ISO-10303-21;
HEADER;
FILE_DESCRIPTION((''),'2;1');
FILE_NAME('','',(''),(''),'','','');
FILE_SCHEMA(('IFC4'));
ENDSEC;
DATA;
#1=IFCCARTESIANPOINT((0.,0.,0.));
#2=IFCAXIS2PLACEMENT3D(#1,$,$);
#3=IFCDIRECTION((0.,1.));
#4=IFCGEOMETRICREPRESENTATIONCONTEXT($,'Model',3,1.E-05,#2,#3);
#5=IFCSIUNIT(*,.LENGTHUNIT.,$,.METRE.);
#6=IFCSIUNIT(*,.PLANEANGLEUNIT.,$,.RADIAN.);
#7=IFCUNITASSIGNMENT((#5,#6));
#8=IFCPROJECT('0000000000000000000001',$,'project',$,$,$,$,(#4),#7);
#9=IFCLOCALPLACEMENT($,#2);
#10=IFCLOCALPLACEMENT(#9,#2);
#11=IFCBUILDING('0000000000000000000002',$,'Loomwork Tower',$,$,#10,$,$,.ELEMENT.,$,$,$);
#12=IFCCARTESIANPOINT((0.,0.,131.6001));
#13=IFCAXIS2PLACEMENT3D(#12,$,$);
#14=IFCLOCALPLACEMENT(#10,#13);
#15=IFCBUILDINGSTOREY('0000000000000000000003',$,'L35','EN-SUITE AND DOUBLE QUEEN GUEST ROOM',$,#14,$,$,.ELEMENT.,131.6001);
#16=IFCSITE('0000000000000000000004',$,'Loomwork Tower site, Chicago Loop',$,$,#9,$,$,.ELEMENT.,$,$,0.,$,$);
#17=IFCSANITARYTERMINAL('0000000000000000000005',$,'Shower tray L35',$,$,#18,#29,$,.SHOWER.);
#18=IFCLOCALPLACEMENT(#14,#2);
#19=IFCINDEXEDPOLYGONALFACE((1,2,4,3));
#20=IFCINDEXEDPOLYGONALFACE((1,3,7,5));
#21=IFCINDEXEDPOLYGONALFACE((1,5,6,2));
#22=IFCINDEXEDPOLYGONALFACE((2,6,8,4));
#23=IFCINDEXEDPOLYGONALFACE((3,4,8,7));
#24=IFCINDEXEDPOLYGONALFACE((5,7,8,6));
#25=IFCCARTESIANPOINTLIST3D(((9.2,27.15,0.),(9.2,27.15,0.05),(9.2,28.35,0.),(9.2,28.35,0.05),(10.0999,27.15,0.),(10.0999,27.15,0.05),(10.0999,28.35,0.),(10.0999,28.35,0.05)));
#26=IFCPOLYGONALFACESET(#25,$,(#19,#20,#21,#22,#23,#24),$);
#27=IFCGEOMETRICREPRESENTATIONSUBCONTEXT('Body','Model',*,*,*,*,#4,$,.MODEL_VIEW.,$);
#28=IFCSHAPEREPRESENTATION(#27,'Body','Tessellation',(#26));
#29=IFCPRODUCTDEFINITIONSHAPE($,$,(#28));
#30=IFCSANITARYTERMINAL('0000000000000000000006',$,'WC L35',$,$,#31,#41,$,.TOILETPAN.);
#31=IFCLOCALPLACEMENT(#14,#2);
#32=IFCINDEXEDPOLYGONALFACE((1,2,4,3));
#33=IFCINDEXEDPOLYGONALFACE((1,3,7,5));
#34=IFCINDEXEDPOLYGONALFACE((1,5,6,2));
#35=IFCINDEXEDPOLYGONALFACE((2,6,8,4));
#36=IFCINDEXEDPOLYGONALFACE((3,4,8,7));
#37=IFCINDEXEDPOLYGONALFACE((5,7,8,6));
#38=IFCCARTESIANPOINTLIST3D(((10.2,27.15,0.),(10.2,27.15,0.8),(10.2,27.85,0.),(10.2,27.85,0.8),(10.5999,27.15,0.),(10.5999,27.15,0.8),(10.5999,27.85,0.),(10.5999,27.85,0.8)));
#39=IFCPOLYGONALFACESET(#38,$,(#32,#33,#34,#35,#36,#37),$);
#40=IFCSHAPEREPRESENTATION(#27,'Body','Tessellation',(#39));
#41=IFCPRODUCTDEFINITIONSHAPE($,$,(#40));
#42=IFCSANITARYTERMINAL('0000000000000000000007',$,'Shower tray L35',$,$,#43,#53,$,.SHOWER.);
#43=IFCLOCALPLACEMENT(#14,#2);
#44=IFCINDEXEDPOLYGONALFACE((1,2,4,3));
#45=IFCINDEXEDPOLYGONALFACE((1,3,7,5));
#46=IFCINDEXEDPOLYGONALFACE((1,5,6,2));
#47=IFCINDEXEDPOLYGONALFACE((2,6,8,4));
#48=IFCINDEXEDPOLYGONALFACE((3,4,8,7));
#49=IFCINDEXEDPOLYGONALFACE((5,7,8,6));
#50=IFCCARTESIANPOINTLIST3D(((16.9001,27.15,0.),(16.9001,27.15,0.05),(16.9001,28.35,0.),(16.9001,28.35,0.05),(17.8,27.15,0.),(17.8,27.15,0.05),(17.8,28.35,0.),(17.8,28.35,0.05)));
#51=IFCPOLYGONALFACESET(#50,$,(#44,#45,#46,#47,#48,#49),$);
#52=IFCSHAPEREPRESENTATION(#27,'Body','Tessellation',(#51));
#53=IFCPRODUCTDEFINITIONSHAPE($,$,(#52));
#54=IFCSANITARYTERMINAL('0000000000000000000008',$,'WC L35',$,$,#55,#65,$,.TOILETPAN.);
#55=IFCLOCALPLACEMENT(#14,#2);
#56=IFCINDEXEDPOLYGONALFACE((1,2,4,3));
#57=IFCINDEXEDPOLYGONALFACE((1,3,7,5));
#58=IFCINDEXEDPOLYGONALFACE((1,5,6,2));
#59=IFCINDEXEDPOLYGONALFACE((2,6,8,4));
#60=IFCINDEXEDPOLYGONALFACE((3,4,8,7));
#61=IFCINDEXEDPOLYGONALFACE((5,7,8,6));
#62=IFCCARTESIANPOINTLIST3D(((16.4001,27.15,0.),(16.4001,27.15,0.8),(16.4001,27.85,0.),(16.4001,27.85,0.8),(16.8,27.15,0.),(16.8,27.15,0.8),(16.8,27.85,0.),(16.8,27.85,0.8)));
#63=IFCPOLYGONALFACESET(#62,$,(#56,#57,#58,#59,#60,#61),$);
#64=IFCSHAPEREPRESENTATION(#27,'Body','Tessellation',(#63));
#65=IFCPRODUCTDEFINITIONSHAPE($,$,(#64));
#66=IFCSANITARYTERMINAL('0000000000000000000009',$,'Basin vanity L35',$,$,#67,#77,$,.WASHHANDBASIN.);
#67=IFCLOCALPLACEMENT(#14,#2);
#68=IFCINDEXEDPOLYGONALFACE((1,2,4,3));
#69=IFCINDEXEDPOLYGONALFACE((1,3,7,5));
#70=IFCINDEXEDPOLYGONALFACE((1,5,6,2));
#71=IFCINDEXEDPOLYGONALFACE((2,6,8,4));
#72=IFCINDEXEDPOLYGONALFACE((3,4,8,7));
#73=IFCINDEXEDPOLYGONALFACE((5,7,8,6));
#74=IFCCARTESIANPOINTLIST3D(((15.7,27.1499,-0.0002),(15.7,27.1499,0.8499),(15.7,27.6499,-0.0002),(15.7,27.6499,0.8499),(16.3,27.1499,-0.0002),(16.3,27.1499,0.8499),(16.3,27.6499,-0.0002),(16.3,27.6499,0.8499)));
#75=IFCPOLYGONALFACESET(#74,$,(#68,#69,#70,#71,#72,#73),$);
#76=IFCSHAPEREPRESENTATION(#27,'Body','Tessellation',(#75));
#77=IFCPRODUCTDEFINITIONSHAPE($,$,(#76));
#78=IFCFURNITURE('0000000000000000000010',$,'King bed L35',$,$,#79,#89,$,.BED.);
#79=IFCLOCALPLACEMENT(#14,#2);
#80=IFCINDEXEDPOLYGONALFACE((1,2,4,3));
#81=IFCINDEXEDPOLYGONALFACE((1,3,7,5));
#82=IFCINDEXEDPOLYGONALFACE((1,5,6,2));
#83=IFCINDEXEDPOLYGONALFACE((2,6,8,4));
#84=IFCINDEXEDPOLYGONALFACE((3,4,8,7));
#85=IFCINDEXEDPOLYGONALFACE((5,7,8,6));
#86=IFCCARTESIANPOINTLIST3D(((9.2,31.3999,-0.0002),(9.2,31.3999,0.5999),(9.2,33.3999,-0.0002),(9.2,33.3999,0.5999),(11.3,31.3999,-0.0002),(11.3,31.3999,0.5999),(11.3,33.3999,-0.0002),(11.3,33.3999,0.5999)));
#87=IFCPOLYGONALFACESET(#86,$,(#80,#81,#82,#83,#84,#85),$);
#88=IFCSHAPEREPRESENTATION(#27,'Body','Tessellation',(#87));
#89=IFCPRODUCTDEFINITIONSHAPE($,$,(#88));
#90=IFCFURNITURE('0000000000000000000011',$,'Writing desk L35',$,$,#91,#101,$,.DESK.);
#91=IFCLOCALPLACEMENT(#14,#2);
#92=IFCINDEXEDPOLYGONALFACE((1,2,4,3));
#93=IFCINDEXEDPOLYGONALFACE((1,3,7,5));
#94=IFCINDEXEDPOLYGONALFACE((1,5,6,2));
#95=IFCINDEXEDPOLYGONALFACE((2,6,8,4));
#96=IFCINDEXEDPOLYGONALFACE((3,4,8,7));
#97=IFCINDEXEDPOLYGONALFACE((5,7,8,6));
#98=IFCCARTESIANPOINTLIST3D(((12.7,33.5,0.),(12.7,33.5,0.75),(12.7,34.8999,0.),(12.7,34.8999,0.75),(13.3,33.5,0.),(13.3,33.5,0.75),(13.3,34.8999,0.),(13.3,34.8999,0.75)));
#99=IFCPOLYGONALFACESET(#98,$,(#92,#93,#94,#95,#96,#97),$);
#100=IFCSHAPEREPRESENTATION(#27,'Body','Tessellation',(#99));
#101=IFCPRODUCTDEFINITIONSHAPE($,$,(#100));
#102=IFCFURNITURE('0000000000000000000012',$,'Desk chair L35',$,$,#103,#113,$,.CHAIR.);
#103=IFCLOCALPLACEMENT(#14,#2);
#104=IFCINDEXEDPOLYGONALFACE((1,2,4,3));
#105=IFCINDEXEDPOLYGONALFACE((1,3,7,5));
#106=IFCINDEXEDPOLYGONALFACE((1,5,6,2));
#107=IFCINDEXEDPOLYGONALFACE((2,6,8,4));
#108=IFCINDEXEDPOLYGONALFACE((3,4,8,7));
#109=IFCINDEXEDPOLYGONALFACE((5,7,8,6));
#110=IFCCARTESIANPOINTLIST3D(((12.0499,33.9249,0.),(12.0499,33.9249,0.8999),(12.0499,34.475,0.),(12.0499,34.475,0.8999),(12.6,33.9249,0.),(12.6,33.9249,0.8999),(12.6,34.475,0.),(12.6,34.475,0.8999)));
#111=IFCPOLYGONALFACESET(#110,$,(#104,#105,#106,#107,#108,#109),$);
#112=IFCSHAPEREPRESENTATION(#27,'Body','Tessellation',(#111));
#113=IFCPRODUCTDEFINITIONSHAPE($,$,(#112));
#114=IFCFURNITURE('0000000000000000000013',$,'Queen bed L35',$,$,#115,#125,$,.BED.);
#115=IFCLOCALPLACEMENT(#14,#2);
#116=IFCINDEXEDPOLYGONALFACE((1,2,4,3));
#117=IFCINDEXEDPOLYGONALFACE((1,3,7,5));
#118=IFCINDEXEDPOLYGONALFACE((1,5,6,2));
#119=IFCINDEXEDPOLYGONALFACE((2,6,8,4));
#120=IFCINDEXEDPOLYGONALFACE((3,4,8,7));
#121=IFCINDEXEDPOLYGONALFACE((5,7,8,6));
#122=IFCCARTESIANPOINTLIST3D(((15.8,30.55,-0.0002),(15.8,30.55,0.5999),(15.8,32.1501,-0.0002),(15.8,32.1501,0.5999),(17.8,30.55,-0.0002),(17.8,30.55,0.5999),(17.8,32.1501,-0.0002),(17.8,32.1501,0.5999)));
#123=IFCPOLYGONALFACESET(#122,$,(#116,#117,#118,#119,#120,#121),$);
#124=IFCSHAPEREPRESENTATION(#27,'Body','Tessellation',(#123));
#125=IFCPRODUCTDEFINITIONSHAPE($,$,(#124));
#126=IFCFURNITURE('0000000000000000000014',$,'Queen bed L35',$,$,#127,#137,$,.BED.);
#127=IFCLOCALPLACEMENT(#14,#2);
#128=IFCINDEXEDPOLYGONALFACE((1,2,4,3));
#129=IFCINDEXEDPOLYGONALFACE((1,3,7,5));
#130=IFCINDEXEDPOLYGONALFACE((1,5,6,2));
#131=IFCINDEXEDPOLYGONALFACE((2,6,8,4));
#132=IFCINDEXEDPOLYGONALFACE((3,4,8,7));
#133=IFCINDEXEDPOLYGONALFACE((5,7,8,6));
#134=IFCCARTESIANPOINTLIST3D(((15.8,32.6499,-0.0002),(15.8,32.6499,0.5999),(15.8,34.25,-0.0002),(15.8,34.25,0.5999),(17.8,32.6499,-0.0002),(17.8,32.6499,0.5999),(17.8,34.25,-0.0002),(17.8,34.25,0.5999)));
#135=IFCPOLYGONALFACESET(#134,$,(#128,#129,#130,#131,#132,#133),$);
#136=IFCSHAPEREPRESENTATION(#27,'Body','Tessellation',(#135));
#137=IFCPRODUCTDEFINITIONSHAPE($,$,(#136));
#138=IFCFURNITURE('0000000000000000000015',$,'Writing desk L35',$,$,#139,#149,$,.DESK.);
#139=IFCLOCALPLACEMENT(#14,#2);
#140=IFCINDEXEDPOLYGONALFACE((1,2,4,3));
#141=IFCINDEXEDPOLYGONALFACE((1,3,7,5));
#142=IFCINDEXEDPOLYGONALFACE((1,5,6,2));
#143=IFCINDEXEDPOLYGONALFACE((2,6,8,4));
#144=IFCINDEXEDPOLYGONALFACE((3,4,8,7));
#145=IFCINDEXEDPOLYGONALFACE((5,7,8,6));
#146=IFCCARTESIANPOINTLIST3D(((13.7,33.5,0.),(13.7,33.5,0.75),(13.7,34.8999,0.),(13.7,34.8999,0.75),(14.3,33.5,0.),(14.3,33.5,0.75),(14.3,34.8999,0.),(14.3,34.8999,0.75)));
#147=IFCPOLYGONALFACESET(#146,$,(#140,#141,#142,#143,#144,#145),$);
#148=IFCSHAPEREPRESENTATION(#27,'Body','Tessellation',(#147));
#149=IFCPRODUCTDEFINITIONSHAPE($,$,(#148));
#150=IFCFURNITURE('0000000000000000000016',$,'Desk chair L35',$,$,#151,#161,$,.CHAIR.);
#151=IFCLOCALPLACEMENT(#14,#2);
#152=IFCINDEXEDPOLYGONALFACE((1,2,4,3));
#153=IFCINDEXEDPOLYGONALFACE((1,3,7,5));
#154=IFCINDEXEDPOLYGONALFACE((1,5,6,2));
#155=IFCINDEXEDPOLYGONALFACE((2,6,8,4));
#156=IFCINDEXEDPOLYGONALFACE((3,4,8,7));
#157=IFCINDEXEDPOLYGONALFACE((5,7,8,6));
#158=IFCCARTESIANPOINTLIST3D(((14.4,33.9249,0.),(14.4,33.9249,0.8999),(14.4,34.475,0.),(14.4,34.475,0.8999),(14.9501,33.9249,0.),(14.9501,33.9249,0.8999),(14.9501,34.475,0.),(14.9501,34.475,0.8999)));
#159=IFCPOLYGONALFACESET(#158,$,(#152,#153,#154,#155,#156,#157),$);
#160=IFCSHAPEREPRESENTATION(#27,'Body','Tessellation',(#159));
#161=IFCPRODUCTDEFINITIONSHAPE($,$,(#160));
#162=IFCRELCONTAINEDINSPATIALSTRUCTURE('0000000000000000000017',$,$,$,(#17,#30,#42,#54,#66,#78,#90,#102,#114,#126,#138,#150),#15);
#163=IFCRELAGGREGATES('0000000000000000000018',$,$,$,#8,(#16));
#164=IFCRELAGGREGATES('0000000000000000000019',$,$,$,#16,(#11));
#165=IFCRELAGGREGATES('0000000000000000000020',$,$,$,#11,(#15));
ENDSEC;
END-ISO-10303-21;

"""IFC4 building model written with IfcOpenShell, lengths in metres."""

from ifc_helpers import new_model, si_unit, direction, frame, origin, origin_2d, place, context, subcontext, project, spatial, rectangle, extrude, element, save


model = new_model("IFC4")

# Units and contexts
model_context = context("Model", 3, precision=1e-05, world=origin(), true_north=direction((0.0, 1.0)))
body_context = subcontext(model_context, "Body", "Model", "MODEL_VIEW")
ifc_project = project(units=[si_unit("LENGTHUNIT", "METRE"), si_unit("PLANEANGLEUNIT", "RADIAN")], contexts=[model_context])

# Site, building, storey
site_placement = place(None, origin())
site = spatial("IfcSite", under=ifc_project, at=site_placement, Name="Loomwork Tower site, Chicago Loop", CompositionType="ELEMENT", RefElevation=0.0)
building_placement = place(site_placement, origin())
building = spatial("IfcBuilding", under=site, at=building_placement, Name="Loomwork Tower", CompositionType="ELEMENT")
storey_placement = place(building_placement, frame((0.0, 0.0, 131.6001)))
storey = spatial("IfcBuildingStorey", under=building, at=storey_placement, Name="L35", Description="EN-SUITE AND DOUBLE QUEEN GUEST ROOM", CompositionType="ELEMENT", Elevation=131.6001)

# Sanitary terminals
sanitary_terminal_1_placement = place(storey_placement, frame((9.6499, 27.75, 0.0), z_axis=(0.0, 0.0, 1.0), x_axis=(1.0, 0.0, 0.0)))
element("IfcSanitaryTerminal", 1, at=sanitary_terminal_1_placement, inside=storey, Name="Shower tray L35", PredefinedType="SHOWER", context=body_context, shape_type="SweptSolid", body=[
    extrude(rectangle(XDim=0.8999, YDim=1.2, at=origin_2d()), origin(), (0.0, 0.0, 1.0), 0.05),
])
sanitary_terminal_2_placement = place(storey_placement, frame((10.3999, 27.5, 0.0), z_axis=(0.0, 0.0, 1.0), x_axis=(1.0, 0.0, 0.0)))
element("IfcSanitaryTerminal", 2, at=sanitary_terminal_2_placement, inside=storey, Name="WC L35", PredefinedType="TOILETPAN", context=body_context, shape_type="SweptSolid", body=[
    extrude(rectangle(XDim=0.3999, YDim=0.7, at=origin_2d()), origin(), (0.0, 0.0, 1.0), 0.8),
])
sanitary_terminal_3_placement = place(storey_placement, frame((17.3501, 27.75, 0.0), z_axis=(0.0, 0.0, 1.0), x_axis=(1.0, 0.0, 0.0)))
element("IfcSanitaryTerminal", 3, at=sanitary_terminal_3_placement, inside=storey, Name="Shower tray L35", PredefinedType="SHOWER", context=body_context, shape_type="SweptSolid", body=[
    extrude(rectangle(XDim=0.8999, YDim=1.2, at=origin_2d()), origin(), (0.0, 0.0, 1.0), 0.05),
])
sanitary_terminal_4_placement = place(storey_placement, frame((16.6001, 27.5, 0.0), z_axis=(0.0, 0.0, 1.0), x_axis=(1.0, 0.0, 0.0)))
element("IfcSanitaryTerminal", 4, at=sanitary_terminal_4_placement, inside=storey, Name="WC L35", PredefinedType="TOILETPAN", context=body_context, shape_type="SweptSolid", body=[
    extrude(rectangle(XDim=0.3999, YDim=0.7, at=origin_2d()), origin(), (0.0, 0.0, 1.0), 0.8),
])
sanitary_terminal_5_placement = place(storey_placement, frame((16.0, 27.3999, -0.0002), z_axis=(0.0, 0.0, 1.0), x_axis=(1.0, 0.0, 0.0)))
element("IfcSanitaryTerminal", 5, at=sanitary_terminal_5_placement, inside=storey, Name="Basin vanity L35", PredefinedType="WASHHANDBASIN", context=body_context, shape_type="SweptSolid", body=[
    extrude(rectangle(XDim=0.6001, YDim=0.5, at=origin_2d()), origin(), (0.0, 0.0, 1.0), 0.8501),
])

# Furniture
furniture_1_placement = place(storey_placement, frame((10.25, 32.3999, -0.0002), z_axis=(0.0, 0.0, 1.0), x_axis=(1.0, 0.0, 0.0)))
element("IfcFurniture", 6, at=furniture_1_placement, inside=storey, Name="King bed L35", PredefinedType="BED", context=body_context, shape_type="SweptSolid", body=[
    extrude(rectangle(XDim=2.1001, YDim=2.0, at=origin_2d()), origin(), (0.0, 0.0, 1.0), 0.6001),
])
furniture_2_placement = place(storey_placement, frame((13.0, 34.2, 0.0), z_axis=(0.0, 0.0, 1.0), x_axis=(1.0, 0.0, 0.0)))
element("IfcFurniture", 7, at=furniture_2_placement, inside=storey, Name="Writing desk L35", PredefinedType="DESK", context=body_context, shape_type="SweptSolid", body=[
    extrude(rectangle(XDim=0.6001, YDim=1.3999, at=origin_2d()), origin(), (0.0, 0.0, 1.0), 0.75),
])
furniture_3_placement = place(storey_placement, frame((12.325, 34.2, 0.0), z_axis=(0.0, 0.0, 1.0), x_axis=(1.0, 0.0, 0.0)))
element("IfcFurniture", 8, at=furniture_3_placement, inside=storey, Name="Desk chair L35", PredefinedType="CHAIR", context=body_context, shape_type="SweptSolid", body=[
    extrude(rectangle(XDim=0.55, YDim=0.55, at=origin_2d()), origin(), (0.0, 0.0, 1.0), 0.8999),
])
for number, where, z_axis, x_axis, name in (
    (9, (16.8, 31.3501, -0.0002), (0.0, 0.0, 1.0), (1.0, 0.0, 0.0), "Queen bed L35"),
    (10, (16.8, 33.45, -0.0002), (0.0, 0.0, 1.0), (1.0, 0.0, 0.0), "Queen bed L35"),
):
    element("IfcFurniture", number, at=place(storey_placement, frame(where, z_axis=z_axis, x_axis=x_axis)), inside=storey, Name=name, PredefinedType="BED", context=body_context, shape_type="SweptSolid", body=[
        extrude(rectangle(XDim=2.0, YDim=1.6001, at=origin_2d()), origin(), (0.0, 0.0, 1.0), 0.6001),
    ])
furniture_4_placement = place(storey_placement, frame((14.0, 34.2, 0.0), z_axis=(0.0, 0.0, 1.0), x_axis=(1.0, 0.0, 0.0)))
element("IfcFurniture", 11, at=furniture_4_placement, inside=storey, Name="Writing desk L35", PredefinedType="DESK", context=body_context, shape_type="SweptSolid", body=[
    extrude(rectangle(XDim=0.6001, YDim=1.3999, at=origin_2d()), origin(), (0.0, 0.0, 1.0), 0.75),
])
furniture_5_placement = place(storey_placement, frame((14.675, 34.2, 0.0), z_axis=(0.0, 0.0, 1.0), x_axis=(1.0, 0.0, 0.0)))
element("IfcFurniture", 12, at=furniture_5_placement, inside=storey, Name="Desk chair L35", PredefinedType="CHAIR", context=body_context, shape_type="SweptSolid", body=[
    extrude(rectangle(XDim=0.55, YDim=0.55, at=origin_2d()), origin(), (0.0, 0.0, 1.0), 0.8999),
])

save(model, "model.ifc")
